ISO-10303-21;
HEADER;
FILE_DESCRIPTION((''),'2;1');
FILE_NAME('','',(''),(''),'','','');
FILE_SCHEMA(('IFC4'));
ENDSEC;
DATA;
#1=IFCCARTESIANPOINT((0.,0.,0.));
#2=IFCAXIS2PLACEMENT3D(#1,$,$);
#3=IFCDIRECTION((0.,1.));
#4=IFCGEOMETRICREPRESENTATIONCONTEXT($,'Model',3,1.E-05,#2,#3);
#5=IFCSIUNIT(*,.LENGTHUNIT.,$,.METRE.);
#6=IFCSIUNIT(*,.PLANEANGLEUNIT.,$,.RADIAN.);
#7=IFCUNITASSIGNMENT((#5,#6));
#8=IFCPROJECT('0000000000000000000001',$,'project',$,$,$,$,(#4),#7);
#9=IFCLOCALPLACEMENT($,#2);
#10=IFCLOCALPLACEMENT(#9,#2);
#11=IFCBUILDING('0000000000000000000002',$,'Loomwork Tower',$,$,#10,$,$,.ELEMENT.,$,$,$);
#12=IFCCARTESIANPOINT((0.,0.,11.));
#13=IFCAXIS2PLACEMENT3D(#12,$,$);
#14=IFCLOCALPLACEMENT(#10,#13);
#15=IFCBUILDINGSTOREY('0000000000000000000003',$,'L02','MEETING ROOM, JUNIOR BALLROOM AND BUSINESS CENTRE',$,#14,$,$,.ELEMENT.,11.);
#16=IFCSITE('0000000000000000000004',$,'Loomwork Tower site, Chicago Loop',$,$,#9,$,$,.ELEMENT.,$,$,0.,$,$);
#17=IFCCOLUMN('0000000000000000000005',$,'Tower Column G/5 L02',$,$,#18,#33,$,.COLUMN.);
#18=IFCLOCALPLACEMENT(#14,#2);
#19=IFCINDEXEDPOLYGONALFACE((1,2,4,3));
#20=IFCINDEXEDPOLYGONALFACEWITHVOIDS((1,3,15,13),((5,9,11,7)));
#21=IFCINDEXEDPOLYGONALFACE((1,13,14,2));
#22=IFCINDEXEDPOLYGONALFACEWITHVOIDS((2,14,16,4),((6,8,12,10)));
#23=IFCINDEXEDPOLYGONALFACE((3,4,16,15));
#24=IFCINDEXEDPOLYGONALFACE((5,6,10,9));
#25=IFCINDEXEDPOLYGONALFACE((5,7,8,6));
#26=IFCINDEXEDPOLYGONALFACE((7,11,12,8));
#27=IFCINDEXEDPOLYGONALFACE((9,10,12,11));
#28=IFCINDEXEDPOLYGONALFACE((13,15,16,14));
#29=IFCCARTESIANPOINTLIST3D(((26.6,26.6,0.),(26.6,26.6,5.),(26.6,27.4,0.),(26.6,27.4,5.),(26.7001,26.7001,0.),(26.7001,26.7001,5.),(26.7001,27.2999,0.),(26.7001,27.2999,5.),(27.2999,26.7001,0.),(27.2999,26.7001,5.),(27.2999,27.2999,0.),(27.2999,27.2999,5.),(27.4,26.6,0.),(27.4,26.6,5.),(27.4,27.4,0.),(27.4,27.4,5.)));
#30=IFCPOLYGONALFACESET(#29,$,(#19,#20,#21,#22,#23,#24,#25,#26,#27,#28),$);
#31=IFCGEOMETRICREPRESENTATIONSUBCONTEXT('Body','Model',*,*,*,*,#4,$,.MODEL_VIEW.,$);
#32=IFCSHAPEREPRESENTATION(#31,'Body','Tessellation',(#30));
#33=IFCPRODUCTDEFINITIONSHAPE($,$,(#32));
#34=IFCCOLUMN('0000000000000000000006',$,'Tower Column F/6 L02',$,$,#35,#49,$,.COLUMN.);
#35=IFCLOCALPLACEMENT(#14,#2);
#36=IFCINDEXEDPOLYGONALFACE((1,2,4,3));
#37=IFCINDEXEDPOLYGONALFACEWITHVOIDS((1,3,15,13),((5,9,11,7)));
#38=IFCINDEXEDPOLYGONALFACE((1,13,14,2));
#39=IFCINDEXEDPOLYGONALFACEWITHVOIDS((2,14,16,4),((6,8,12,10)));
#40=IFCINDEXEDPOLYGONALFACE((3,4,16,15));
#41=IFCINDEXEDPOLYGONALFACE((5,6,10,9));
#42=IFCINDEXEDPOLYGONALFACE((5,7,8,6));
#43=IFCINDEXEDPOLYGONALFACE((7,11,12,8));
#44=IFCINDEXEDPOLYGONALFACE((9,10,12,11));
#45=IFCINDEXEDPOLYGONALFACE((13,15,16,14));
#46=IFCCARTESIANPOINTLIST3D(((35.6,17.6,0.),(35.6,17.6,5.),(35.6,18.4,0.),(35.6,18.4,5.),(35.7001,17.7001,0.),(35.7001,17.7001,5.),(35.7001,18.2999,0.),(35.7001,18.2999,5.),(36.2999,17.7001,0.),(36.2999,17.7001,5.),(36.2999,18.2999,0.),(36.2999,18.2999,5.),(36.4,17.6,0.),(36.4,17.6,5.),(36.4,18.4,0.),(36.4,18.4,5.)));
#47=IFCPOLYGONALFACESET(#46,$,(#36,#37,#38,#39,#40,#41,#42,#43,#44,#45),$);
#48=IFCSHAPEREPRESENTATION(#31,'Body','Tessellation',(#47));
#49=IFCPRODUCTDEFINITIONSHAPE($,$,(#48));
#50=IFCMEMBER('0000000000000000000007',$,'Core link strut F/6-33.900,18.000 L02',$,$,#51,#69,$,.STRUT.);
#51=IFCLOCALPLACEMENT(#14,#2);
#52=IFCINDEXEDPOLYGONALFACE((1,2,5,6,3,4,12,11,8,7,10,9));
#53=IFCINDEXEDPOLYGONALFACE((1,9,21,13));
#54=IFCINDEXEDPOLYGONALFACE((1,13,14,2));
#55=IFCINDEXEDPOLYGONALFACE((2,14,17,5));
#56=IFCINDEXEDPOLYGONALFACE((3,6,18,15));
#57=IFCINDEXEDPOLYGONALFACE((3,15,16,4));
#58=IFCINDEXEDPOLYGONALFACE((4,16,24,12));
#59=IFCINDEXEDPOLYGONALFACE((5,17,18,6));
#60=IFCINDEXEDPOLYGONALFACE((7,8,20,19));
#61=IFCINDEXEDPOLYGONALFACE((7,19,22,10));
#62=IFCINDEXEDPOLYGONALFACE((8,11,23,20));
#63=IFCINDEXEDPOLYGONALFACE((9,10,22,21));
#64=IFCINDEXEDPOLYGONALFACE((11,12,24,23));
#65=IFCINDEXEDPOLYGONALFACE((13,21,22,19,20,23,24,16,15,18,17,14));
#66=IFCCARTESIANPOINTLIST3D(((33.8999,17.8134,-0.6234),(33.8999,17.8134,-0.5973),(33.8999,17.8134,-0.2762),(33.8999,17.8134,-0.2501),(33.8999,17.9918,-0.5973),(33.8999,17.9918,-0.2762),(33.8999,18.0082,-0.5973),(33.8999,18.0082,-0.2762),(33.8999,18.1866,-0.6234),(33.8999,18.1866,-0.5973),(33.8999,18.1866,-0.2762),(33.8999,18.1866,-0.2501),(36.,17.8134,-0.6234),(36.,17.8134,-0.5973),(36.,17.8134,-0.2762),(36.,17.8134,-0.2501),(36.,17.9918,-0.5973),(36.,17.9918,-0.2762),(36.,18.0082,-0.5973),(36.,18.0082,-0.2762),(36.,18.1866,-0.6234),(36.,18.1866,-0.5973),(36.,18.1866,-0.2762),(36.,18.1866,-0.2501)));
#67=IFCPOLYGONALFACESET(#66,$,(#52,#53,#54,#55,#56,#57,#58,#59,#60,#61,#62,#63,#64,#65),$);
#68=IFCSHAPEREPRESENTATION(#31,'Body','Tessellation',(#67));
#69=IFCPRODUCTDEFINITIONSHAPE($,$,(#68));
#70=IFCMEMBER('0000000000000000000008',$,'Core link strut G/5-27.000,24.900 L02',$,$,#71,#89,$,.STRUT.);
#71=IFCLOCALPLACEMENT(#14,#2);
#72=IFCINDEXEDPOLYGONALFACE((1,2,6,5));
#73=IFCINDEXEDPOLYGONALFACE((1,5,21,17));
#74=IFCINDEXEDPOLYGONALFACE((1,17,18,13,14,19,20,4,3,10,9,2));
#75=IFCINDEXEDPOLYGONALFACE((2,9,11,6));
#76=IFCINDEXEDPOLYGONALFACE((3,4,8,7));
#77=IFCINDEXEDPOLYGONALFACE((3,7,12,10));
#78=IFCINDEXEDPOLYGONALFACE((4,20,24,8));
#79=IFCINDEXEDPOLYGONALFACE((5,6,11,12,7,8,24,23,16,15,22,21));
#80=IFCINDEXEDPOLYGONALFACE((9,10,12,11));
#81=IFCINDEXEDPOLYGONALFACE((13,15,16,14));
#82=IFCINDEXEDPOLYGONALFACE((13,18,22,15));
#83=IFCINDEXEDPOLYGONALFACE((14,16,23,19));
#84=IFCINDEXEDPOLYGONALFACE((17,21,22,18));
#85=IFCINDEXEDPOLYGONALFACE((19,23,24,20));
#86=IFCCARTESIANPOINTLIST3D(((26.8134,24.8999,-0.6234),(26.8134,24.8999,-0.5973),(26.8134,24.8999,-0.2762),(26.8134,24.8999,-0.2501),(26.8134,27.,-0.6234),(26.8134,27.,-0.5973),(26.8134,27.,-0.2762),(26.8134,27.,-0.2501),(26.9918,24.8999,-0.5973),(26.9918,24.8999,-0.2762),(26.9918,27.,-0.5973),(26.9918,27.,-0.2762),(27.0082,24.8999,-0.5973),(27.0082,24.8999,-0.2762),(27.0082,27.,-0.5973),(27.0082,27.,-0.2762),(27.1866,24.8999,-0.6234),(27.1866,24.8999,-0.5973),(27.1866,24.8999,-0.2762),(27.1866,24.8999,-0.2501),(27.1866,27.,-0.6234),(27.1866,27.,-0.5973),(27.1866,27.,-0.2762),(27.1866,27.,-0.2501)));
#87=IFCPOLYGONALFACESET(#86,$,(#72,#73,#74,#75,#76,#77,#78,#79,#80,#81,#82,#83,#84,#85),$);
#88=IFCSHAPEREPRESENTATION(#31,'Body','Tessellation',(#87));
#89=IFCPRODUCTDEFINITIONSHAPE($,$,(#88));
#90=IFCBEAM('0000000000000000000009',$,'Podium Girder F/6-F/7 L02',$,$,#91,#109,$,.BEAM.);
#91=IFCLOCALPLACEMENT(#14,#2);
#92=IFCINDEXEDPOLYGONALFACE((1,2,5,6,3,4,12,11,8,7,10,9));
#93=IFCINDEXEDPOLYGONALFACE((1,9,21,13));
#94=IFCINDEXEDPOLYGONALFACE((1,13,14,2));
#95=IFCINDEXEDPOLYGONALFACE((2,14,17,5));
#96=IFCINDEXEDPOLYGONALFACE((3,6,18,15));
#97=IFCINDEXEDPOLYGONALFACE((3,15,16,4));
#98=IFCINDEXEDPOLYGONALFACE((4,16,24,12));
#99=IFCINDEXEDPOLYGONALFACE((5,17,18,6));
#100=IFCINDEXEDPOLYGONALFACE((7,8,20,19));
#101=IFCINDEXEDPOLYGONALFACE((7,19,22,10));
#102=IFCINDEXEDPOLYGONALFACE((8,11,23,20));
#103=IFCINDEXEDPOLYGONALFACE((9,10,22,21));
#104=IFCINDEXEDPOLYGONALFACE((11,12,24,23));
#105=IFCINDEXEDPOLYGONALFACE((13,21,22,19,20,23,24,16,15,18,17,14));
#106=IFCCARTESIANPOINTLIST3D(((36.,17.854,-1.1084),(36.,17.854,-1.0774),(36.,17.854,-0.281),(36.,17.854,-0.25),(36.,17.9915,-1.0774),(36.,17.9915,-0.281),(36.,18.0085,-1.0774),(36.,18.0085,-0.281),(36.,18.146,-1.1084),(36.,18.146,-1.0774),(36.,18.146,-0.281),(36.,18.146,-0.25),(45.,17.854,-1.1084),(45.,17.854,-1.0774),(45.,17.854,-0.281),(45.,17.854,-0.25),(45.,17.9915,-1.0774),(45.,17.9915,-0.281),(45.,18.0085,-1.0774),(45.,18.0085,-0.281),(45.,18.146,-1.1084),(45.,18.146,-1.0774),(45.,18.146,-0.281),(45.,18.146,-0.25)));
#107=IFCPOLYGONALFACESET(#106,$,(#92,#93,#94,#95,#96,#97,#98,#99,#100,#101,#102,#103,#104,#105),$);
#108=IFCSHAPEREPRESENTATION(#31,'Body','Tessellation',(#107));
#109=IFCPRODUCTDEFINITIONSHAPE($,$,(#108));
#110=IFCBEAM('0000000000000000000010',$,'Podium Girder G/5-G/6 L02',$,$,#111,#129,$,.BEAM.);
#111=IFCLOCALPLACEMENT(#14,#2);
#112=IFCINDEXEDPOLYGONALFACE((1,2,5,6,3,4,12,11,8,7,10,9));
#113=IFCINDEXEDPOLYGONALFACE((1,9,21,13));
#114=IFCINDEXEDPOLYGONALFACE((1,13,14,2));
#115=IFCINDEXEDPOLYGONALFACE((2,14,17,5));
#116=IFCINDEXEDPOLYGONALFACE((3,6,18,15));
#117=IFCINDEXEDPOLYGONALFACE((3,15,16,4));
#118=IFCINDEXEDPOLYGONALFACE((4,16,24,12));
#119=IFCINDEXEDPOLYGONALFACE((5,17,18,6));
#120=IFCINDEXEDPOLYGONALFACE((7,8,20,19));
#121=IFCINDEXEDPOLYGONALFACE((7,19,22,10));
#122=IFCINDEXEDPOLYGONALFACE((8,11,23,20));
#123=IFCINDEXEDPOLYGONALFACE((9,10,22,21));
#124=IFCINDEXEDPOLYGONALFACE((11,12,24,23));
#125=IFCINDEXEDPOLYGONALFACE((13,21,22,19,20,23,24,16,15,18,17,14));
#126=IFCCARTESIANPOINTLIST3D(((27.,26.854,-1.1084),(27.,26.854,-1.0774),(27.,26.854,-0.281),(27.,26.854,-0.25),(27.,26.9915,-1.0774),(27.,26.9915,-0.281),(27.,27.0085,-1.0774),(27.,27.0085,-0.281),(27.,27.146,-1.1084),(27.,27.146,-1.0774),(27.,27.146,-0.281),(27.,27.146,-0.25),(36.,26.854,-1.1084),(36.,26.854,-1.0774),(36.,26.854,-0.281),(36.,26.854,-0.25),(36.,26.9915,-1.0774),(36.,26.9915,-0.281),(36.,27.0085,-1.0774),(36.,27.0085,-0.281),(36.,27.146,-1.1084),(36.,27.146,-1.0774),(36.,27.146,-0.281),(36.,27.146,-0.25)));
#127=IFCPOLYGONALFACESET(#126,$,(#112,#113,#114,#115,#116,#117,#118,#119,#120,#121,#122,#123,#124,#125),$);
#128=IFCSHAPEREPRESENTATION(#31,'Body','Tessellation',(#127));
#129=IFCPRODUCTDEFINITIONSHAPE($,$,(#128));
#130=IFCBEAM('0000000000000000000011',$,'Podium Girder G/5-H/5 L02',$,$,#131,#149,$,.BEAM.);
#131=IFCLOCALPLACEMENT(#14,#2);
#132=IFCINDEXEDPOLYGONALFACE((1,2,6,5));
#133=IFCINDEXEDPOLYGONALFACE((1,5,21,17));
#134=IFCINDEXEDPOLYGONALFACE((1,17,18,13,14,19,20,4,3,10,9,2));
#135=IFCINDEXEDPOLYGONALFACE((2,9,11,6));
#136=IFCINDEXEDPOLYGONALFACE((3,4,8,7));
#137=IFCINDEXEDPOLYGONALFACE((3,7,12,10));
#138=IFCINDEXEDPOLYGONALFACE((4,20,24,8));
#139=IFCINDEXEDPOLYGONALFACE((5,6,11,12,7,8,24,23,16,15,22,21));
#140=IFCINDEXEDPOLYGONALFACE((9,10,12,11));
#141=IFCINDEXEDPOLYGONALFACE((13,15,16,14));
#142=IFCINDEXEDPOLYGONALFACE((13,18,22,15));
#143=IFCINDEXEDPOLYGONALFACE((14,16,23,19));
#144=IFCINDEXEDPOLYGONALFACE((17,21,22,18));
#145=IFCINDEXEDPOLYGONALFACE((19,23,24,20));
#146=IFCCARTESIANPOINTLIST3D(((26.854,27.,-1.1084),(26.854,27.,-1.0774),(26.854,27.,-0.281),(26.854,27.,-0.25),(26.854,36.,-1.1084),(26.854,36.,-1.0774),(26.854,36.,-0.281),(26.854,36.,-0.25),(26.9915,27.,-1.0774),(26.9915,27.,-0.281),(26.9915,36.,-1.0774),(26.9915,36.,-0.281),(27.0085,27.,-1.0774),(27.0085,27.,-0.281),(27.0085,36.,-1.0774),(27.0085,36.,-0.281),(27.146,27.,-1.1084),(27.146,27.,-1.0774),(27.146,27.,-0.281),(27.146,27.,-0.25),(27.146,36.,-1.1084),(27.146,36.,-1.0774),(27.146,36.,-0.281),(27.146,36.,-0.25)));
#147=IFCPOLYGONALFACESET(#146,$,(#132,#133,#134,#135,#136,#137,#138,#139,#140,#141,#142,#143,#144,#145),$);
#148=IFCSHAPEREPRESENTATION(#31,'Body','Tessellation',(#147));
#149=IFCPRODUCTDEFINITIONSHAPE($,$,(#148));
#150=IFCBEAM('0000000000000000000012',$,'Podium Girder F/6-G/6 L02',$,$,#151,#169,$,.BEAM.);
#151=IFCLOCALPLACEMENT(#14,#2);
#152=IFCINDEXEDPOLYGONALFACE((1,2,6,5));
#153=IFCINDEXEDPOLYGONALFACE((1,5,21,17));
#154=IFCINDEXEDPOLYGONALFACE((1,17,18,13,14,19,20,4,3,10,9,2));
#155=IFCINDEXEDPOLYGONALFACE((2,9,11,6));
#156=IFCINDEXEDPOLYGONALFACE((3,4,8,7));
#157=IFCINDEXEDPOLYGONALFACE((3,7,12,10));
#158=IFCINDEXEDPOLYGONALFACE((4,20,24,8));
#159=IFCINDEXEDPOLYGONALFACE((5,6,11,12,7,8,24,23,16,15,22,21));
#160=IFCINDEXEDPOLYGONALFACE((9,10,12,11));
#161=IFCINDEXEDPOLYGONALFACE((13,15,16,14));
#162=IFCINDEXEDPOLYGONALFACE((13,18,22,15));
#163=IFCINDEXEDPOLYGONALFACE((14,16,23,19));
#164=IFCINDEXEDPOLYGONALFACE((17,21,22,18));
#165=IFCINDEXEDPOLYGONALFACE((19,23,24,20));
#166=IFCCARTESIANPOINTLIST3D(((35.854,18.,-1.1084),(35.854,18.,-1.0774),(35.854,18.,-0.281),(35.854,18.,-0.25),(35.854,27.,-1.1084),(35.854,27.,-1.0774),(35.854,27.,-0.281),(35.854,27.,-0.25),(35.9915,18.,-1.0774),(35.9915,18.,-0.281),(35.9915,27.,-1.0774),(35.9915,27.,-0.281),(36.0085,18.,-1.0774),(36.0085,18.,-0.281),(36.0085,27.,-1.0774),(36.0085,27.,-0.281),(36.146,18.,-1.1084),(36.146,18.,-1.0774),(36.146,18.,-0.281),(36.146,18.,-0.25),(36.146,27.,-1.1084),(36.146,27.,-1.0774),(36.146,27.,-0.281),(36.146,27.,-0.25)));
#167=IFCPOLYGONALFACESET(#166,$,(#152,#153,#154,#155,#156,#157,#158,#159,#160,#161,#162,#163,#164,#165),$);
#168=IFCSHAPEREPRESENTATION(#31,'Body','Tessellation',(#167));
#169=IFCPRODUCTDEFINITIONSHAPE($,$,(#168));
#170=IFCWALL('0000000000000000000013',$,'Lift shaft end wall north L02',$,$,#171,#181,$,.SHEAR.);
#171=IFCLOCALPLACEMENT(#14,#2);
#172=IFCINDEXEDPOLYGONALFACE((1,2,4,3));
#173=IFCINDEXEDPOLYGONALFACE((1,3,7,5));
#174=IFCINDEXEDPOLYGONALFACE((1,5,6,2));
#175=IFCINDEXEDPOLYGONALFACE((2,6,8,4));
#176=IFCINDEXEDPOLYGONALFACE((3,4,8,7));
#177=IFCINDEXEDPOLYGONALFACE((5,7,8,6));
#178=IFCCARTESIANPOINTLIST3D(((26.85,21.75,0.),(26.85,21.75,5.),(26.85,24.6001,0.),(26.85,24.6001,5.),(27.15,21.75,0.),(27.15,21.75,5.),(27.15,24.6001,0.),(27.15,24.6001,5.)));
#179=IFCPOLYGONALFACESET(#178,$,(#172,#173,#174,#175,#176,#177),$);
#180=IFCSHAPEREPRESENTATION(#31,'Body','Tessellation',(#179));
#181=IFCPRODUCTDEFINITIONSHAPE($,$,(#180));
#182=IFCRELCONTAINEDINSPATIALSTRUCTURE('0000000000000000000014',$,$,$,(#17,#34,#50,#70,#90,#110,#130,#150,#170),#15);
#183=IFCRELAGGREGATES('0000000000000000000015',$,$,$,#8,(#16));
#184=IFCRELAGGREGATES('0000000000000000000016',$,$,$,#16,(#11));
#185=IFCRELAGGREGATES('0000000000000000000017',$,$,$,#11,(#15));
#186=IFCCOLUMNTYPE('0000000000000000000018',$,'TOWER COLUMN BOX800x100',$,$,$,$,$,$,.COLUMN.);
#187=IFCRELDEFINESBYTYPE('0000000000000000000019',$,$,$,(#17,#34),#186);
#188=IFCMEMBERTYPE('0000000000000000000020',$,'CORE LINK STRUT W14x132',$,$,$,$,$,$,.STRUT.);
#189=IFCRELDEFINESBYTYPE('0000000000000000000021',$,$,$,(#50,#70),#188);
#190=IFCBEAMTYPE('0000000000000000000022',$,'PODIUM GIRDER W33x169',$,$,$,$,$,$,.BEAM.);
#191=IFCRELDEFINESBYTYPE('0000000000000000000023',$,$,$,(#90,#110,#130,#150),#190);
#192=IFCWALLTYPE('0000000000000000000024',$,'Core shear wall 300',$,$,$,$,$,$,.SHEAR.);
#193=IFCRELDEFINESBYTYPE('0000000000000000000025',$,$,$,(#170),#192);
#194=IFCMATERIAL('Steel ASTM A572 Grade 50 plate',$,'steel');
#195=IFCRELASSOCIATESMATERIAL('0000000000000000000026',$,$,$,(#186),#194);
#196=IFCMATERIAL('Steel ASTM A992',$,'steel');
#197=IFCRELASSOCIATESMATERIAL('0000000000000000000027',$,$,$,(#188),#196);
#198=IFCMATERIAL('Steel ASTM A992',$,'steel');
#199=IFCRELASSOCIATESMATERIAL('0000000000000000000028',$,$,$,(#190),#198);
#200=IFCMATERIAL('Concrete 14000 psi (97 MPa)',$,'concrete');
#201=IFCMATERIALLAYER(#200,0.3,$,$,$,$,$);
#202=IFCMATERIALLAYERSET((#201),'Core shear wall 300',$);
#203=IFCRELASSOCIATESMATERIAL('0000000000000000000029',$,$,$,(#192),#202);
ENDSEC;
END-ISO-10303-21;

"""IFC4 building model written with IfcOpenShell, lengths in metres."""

from ifc_helpers import new_model, si_unit, direction, frame, frame_2d, origin, origin_2d, place, context, subcontext, project, spatial, rectangle, hollow_rectangle, i_section, extrude, material, layer, layer_set, material_profile, profile_set, type_object, element, save


model = new_model("IFC4")

# Units and contexts
model_context = context("Model", 3, precision=1e-05, world=origin(), true_north=direction((0.0, 1.0)))
body_context = subcontext(model_context, "Body", "Model", "MODEL_VIEW")
ifc_project = project(units=[si_unit("LENGTHUNIT", "METRE"), si_unit("PLANEANGLEUNIT", "RADIAN")], contexts=[model_context])

# Site, building, storey
site_placement = place(None, origin())
site = spatial("IfcSite", under=ifc_project, at=site_placement, Name="Loomwork Tower site, Chicago Loop", CompositionType="ELEMENT", RefElevation=0.0)
building_placement = place(site_placement, origin())
building = spatial("IfcBuilding", under=site, at=building_placement, Name="Loomwork Tower", CompositionType="ELEMENT")
storey_placement = place(building_placement, frame((0.0, 0.0, 11.0)))
storey = spatial("IfcBuildingStorey", under=building, at=storey_placement, Name="L02", Description="MEETING ROOM, JUNIOR BALLROOM AND BUSINESS CENTRE", CompositionType="ELEMENT", Elevation=11.0)

# Columns
ifc_material_1 = material(Name="Steel ASTM A572 Grade 50 plate", Category="steel")
ifc_material_profile_1 = material_profile(ifc_material_1, hollow_rectangle(XDim=0.8, YDim=0.8, WallThickness=0.1001, at=origin_2d()), Name="BOX800x100")
ifc_profile_set_1 = profile_set([ifc_material_profile_1], Name="Steel ASTM A572 Grade 50 plate")
column_type = type_object("IfcColumnType", Name="TOWER COLUMN BOX800x100", PredefinedType="COLUMN", material=ifc_profile_set_1)
for number, where, z_axis, x_axis, name in (
    (1, (27.0, 27.0, 0.0), (0.0, 0.0, 1.0), (1.0, 0.0, 0.0), "Tower Column G/5 L02"),
    (2, (36.0, 18.0, 0.0), (0.0, 0.0, 1.0), (0.0, 1.0, 0.0), "Tower Column F/6 L02"),
):
    element("IfcColumn", number, at=place(storey_placement, frame(where, z_axis=z_axis, x_axis=x_axis)), inside=storey, type_object=column_type, Name=name, PredefinedType="COLUMN", context=body_context, shape_type="SweptSolid", body=[
        extrude(hollow_rectangle(XDim=0.8, YDim=0.8, WallThickness=0.1001, at=origin_2d()), origin(), (0.0, 0.0, 1.0), 5.0),
    ])

# Members
ifc_material_2 = material(Name="Steel ASTM A992", Category="steel")
ifc_material_profile_2 = material_profile(ifc_material_2, i_section(OverallWidth=0.3733, OverallDepth=0.3733, WebThickness=0.0164, FlangeThickness=0.0261, at=origin_2d()), Name="W14x132")
ifc_profile_set_2 = profile_set([ifc_material_profile_2], Name="Steel ASTM A992")
member_type = type_object("IfcMemberType", Name="CORE LINK STRUT W14x132", PredefinedType="STRUT", material=ifc_profile_set_2)
for number, where, z_axis, x_axis, name in (
    (3, (36.0, 18.0, -0.4368), (-1.0, 0.0, 0.0), (0.0, -1.0, 0.0), "Core link strut F/6-33.900,18.000 L02"),
    (4, (27.0, 27.0, -0.4368), (0.0, -1.0, 0.0), (1.0, 0.0, 0.0), "Core link strut G/5-27.000,24.900 L02"),
):
    element("IfcMember", number, at=place(storey_placement, frame(where, z_axis=z_axis, x_axis=x_axis)), inside=storey, type_object=member_type, Name=name, PredefinedType="STRUT", context=body_context, shape_type="SweptSolid", body=[
        extrude(i_section(OverallWidth=0.3733, OverallDepth=0.3733, WebThickness=0.0164, FlangeThickness=0.0261, at=origin_2d()), origin(), (0.0, 0.0, 1.0), 2.1001),
    ])

# Beams
ifc_material_3 = material(Name="Steel ASTM A992", Category="steel")
ifc_material_profile_3 = material_profile(ifc_material_3, i_section(OverallWidth=0.292, OverallDepth=0.8584, WebThickness=0.0171, FlangeThickness=0.031, at=origin_2d()), Name="W33x169")
ifc_profile_set_3 = profile_set([ifc_material_profile_3], Name="Steel ASTM A992")
beam_type = type_object("IfcBeamType", Name="PODIUM GIRDER W33x169", PredefinedType="BEAM", material=ifc_profile_set_3)
for number, where, z_axis, x_axis, name in (
    (5, (36.0, 18.0, -0.6792), (1.0, 0.0, 0.0), (0.0, 1.0, 0.0), "Podium Girder F/6-F/7 L02"),
    (6, (27.0, 27.0, -0.6792), (1.0, 0.0, 0.0), (0.0, 1.0, 0.0), "Podium Girder G/5-G/6 L02"),
    (7, (27.0, 27.0, -0.6792), (0.0, 1.0, 0.0), (-1.0, 0.0, 0.0), "Podium Girder G/5-H/5 L02"),
    (8, (36.0, 18.0, -0.6792), (0.0, 1.0, 0.0), (-1.0, 0.0, 0.0), "Podium Girder F/6-G/6 L02"),
):
    element("IfcBeam", number, at=place(storey_placement, frame(where, z_axis=z_axis, x_axis=x_axis)), inside=storey, type_object=beam_type, Name=name, PredefinedType="BEAM", context=body_context, shape_type="SweptSolid", body=[
        extrude(i_section(OverallWidth=0.292, OverallDepth=0.8584, WebThickness=0.0171, FlangeThickness=0.031, at=origin_2d()), origin(), (0.0, 0.0, 1.0), 9.0),
    ])

# Wall
ifc_material_4 = material(Name="Concrete 14000 psi (97 MPa)", Category="concrete")
ifc_layer_1 = layer(ifc_material_4, 0.3)
ifc_layer_set_1 = layer_set([ifc_layer_1], Name="Core shear wall 300")
wall_type_1 = type_object("IfcWallType", Name="Core shear wall 300", PredefinedType="SHEAR", material=ifc_layer_set_1)
wall_1_placement = place(storey_placement, frame((27.0, 21.75, 0.0), z_axis=(0.0, 0.0, 1.0), x_axis=(0.0, 1.0, 0.0)))
element("IfcWall", 9, at=wall_1_placement, inside=storey, type_object=wall_type_1, Name="Lift shaft end wall north L02", PredefinedType="SHEAR", context=body_context, shape_type="SweptSolid", body=[
    extrude(rectangle(XDim=2.8501, YDim=0.3, at=frame_2d((1.425, 0.0))), origin(), (0.0, 0.0, 1.0), 5.0),
])

save(model, "model.ifc")
